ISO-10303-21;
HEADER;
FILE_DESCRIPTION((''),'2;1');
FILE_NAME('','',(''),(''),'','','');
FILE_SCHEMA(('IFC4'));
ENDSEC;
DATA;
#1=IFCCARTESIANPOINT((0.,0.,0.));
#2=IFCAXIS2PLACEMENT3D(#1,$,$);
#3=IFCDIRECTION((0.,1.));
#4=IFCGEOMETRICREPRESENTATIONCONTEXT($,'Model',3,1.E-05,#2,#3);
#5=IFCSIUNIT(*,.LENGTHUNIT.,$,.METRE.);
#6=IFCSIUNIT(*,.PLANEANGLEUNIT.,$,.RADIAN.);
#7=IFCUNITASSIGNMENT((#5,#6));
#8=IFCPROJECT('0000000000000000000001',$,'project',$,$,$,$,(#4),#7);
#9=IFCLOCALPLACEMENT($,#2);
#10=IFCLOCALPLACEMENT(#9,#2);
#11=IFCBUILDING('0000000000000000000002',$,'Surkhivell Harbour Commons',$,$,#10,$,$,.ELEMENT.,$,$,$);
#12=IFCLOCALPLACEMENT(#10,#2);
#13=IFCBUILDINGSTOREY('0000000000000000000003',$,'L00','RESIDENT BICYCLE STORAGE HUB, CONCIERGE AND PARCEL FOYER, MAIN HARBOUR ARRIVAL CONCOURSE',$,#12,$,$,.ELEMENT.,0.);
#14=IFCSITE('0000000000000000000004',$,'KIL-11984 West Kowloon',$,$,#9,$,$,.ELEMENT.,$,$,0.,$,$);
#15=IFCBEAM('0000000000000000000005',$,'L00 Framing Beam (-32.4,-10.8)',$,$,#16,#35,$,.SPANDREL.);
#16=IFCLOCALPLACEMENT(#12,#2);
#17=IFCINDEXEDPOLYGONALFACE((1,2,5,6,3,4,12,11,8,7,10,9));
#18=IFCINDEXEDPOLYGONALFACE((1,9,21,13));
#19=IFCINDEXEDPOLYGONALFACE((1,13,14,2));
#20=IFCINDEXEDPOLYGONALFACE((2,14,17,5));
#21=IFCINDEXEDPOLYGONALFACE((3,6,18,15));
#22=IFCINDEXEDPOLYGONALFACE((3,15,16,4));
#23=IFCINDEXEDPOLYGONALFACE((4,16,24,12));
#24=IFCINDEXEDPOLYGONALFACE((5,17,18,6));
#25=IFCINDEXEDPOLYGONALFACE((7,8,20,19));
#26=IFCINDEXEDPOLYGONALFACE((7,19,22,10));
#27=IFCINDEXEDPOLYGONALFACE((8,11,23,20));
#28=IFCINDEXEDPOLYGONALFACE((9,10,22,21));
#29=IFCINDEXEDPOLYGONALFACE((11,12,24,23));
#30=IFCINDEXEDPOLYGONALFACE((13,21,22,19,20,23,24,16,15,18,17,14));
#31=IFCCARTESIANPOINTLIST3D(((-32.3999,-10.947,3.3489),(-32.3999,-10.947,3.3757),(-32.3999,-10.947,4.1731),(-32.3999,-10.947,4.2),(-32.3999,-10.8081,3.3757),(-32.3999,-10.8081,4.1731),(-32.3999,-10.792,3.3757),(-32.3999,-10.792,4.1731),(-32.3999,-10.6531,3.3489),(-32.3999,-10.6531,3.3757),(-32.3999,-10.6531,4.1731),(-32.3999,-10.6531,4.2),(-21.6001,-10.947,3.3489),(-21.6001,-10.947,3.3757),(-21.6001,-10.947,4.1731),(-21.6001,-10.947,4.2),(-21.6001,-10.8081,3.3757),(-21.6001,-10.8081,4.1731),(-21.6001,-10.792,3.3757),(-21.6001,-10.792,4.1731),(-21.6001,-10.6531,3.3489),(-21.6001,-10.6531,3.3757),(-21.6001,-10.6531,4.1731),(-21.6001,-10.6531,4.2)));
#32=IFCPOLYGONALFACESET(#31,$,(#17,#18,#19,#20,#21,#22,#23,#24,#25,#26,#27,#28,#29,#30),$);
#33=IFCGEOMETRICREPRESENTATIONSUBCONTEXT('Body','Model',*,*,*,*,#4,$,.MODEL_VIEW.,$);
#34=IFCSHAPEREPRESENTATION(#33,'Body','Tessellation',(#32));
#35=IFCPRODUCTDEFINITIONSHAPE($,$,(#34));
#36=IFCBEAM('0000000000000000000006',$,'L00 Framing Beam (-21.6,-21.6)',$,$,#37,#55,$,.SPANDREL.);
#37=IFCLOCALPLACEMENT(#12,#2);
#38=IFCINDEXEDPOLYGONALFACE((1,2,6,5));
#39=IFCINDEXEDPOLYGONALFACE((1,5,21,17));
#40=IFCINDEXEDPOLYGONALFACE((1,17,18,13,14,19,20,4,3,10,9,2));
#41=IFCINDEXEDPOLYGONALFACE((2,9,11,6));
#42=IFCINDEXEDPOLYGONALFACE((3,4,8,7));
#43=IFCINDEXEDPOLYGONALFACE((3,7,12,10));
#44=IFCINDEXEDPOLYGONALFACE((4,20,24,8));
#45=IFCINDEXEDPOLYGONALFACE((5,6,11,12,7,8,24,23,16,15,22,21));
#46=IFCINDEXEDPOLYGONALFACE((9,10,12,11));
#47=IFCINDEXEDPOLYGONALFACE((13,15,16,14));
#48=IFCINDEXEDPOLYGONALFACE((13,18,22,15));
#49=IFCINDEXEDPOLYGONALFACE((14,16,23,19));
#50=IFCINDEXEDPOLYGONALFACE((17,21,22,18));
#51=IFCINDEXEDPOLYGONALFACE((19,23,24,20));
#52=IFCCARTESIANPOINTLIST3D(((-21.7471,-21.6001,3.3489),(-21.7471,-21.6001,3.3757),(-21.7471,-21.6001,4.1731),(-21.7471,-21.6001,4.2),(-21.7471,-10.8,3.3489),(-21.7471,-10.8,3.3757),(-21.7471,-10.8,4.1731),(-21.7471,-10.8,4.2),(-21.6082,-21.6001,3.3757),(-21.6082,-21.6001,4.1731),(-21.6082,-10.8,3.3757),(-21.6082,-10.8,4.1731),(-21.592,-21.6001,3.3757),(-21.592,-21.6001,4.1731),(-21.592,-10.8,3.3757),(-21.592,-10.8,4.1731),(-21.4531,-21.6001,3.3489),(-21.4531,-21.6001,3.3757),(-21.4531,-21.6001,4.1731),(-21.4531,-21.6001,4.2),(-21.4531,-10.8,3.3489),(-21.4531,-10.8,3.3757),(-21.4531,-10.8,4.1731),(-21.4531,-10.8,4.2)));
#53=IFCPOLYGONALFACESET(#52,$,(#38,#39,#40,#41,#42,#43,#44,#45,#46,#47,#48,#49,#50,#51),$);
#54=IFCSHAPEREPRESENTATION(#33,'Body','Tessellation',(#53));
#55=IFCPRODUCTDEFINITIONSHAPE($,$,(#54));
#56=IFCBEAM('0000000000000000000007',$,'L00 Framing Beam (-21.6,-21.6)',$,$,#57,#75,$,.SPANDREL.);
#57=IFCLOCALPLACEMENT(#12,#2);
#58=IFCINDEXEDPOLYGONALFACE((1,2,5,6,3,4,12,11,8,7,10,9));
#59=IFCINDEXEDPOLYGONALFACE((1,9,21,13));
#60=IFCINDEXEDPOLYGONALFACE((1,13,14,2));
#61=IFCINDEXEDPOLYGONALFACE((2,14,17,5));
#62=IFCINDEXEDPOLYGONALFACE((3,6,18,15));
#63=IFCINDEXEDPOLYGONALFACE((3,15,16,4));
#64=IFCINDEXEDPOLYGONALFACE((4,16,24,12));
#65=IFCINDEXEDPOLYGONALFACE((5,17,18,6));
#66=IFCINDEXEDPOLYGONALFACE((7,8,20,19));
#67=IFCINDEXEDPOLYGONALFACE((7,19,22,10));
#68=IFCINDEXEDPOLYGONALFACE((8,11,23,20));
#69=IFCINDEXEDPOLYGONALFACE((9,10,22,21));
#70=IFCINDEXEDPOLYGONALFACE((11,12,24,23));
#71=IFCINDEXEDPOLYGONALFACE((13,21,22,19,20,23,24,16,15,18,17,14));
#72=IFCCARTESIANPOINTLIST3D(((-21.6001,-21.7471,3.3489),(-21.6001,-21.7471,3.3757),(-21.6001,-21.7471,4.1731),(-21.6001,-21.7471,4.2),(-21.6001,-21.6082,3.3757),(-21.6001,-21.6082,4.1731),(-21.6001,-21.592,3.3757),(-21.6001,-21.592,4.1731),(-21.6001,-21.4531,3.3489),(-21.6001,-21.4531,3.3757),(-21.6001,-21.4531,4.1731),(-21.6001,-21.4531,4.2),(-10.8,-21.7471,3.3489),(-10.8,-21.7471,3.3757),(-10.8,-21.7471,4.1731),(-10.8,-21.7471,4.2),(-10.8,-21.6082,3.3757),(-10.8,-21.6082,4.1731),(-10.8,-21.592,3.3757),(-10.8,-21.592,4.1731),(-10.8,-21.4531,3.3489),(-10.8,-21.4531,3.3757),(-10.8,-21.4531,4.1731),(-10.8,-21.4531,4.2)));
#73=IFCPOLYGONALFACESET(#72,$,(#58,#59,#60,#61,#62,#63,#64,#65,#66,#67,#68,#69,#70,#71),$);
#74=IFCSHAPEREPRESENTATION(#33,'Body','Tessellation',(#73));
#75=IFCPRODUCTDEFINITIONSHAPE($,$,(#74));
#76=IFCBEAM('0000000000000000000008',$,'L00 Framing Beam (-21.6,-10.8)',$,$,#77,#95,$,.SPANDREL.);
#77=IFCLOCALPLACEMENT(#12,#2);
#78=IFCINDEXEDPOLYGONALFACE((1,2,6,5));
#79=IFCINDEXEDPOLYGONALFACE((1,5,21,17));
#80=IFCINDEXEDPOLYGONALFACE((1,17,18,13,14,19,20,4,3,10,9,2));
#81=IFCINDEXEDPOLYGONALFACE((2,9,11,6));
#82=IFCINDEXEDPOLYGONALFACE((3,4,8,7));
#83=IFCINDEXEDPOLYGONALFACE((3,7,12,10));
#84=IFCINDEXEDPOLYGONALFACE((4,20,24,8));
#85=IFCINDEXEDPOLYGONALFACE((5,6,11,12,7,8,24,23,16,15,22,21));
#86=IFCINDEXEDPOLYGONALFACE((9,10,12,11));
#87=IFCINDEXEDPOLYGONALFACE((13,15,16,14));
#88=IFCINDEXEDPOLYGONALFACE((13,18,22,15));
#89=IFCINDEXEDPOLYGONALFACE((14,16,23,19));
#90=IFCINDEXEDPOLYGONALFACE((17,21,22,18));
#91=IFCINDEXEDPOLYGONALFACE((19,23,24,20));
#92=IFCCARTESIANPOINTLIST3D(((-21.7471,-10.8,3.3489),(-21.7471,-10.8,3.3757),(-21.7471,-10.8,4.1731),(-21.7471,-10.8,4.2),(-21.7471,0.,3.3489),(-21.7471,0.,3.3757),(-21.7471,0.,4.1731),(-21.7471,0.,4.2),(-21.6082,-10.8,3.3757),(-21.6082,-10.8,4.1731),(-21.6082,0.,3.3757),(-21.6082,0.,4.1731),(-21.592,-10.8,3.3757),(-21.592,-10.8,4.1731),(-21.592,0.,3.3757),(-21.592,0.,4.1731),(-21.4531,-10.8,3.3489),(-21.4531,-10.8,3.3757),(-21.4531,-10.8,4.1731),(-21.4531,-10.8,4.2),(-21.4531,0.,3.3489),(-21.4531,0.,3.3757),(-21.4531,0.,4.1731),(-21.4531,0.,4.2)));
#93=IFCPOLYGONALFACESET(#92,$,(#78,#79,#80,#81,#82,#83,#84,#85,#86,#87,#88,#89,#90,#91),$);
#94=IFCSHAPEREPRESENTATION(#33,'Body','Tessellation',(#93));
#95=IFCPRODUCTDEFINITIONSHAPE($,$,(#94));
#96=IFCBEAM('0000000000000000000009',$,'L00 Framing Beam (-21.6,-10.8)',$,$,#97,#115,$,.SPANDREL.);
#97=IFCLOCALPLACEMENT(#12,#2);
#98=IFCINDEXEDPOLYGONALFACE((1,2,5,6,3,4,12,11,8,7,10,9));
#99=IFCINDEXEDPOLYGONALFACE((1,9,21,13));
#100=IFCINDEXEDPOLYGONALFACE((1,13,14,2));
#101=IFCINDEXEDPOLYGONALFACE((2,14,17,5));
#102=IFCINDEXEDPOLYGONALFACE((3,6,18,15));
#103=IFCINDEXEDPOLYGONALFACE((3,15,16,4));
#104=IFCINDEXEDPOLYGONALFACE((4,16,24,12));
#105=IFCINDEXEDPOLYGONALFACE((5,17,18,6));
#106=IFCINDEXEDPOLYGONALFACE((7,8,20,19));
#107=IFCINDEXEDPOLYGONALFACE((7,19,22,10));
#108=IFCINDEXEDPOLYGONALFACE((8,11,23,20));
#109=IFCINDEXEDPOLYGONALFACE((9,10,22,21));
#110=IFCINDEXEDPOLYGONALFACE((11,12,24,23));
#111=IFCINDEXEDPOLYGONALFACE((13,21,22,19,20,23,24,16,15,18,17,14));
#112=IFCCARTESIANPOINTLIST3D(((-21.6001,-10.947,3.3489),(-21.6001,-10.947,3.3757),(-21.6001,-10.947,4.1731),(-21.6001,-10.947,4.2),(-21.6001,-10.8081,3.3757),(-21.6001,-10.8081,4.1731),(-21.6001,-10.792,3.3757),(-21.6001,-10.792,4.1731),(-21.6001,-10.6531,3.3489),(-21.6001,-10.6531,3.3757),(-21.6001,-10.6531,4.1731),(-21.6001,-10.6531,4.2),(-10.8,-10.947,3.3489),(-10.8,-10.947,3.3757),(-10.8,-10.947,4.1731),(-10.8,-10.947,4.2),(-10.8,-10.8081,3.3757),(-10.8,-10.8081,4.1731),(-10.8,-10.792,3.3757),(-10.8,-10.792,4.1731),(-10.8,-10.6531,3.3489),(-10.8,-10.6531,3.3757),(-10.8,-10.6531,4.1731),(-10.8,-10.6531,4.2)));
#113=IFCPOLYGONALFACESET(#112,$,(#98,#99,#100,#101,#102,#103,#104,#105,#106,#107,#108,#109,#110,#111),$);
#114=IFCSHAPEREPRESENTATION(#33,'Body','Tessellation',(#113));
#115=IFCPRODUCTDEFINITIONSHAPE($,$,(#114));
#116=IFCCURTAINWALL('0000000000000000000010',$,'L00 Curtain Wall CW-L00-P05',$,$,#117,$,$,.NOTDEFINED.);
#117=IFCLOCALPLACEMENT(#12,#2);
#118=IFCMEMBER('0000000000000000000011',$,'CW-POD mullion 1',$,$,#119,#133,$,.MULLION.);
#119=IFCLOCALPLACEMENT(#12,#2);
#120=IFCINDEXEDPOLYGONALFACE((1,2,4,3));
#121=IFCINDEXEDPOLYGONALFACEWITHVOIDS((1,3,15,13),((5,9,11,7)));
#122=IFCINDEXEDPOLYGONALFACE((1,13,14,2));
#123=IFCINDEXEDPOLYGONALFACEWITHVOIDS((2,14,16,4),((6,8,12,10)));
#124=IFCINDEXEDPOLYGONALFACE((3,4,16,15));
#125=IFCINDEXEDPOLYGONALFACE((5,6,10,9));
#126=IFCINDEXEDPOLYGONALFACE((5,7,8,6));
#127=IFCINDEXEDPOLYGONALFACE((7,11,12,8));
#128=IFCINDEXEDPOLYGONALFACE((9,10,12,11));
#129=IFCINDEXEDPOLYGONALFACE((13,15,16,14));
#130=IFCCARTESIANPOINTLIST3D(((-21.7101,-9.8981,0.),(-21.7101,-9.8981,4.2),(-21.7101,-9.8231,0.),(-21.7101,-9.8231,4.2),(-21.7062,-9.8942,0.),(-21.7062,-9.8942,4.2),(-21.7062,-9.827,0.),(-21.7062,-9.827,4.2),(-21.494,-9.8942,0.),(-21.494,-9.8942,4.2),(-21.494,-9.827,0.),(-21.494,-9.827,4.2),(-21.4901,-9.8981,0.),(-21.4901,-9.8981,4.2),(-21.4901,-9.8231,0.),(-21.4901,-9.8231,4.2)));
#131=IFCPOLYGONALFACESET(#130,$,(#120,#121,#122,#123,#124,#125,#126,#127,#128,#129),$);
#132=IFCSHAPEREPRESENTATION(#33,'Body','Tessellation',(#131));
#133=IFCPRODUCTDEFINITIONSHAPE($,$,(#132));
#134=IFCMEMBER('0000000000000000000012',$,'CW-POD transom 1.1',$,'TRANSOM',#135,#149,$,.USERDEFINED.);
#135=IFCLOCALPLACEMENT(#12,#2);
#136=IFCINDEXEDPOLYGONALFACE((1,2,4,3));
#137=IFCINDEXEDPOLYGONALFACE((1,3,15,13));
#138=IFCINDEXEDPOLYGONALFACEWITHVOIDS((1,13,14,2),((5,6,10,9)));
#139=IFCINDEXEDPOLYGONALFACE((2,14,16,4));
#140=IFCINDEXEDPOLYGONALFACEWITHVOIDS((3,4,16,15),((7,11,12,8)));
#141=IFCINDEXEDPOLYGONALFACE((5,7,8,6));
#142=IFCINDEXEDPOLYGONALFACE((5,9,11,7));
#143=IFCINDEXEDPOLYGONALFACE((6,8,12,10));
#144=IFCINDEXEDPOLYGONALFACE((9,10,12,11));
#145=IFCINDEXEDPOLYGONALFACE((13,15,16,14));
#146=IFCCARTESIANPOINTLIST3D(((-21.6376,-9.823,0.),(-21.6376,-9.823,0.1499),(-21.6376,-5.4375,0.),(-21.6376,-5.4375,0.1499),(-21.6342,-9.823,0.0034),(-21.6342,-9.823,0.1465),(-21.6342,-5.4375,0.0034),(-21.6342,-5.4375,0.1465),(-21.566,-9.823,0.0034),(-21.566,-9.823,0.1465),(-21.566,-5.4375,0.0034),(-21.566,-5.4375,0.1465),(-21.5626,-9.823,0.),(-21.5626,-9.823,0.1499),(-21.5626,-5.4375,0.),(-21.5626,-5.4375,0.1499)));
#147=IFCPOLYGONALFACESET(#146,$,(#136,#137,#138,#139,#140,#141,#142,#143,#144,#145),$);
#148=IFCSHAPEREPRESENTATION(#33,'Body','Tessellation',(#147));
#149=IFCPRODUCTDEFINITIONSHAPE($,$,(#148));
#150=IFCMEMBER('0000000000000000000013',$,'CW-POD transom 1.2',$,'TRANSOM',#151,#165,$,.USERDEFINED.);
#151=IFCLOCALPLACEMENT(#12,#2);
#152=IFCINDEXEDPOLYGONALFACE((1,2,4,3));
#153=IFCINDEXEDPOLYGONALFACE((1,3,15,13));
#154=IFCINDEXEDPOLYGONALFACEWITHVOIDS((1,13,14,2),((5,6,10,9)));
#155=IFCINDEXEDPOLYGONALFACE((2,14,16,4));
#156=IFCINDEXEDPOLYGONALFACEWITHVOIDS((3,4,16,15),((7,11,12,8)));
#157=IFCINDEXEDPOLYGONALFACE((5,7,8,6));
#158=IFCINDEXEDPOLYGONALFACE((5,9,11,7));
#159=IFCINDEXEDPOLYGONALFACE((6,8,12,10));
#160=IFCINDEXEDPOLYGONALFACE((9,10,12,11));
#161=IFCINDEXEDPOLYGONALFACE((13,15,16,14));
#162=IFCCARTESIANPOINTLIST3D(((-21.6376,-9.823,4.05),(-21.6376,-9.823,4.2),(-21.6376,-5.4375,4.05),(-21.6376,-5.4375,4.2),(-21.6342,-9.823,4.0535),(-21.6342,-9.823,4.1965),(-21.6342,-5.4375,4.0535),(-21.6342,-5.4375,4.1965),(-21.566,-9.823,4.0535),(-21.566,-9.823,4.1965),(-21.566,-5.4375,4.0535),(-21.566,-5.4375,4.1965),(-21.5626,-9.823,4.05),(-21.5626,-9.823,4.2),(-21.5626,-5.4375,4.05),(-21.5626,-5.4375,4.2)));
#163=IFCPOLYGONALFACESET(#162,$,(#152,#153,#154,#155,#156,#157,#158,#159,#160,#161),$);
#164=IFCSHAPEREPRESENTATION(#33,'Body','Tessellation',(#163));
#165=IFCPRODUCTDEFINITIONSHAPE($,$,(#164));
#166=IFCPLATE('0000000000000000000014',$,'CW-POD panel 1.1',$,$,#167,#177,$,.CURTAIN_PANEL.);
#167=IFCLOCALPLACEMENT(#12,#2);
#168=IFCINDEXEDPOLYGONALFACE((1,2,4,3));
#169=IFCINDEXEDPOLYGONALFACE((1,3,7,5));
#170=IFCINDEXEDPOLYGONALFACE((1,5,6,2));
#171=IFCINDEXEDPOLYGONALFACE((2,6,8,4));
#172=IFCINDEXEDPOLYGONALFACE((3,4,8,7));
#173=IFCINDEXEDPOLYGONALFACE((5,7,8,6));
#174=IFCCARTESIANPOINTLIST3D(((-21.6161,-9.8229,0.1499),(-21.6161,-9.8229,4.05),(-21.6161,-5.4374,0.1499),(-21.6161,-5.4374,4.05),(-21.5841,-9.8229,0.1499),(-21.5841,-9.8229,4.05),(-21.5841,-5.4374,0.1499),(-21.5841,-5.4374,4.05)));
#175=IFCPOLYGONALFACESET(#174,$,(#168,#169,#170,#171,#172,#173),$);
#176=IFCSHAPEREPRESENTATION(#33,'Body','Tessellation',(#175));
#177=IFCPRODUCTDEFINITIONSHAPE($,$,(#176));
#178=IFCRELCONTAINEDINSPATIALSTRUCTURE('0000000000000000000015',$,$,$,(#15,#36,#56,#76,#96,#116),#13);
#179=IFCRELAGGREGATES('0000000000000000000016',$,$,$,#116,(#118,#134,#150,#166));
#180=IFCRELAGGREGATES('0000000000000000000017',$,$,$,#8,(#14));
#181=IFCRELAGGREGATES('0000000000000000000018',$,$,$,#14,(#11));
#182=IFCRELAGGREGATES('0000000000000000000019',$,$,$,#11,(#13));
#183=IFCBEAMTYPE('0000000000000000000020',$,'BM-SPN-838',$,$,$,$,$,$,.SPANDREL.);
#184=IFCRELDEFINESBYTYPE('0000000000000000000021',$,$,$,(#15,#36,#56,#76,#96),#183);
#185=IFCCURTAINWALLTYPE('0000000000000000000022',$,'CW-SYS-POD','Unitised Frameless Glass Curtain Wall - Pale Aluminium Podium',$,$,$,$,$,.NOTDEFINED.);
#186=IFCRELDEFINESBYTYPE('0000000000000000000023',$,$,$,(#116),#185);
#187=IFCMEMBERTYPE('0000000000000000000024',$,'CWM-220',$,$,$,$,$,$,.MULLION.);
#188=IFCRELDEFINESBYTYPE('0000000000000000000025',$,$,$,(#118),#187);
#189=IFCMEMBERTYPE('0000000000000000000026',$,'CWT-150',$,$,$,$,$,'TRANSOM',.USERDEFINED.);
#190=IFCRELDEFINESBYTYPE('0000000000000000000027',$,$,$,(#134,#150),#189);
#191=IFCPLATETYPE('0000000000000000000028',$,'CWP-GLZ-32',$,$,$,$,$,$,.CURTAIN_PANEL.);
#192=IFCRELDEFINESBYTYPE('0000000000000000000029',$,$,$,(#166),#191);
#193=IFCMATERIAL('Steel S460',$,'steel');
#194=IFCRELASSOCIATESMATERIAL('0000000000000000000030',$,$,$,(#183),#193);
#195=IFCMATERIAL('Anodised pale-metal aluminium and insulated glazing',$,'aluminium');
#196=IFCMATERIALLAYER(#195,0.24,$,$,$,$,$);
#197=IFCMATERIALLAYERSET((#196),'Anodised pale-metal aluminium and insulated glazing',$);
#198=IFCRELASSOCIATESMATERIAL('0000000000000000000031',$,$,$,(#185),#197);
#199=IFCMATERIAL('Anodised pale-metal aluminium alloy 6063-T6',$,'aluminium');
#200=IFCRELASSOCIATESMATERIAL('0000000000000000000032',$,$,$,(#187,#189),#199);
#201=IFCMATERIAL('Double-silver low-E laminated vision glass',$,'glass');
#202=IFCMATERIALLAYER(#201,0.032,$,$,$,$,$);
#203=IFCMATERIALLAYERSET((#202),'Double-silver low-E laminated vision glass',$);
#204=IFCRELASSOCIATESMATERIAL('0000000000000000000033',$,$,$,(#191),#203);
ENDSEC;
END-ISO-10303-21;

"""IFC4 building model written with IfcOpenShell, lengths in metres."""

from ifc_helpers import new_model, si_unit, direction, frame, frame_2d, origin, origin_2d, place, context, subcontext, project, spatial, rectangle, hollow_rectangle, i_section, extrude, material, layer, layer_set, material_profile, profile_set, type_object, element, aggregate, save


model = new_model("IFC4")

# Units and contexts
model_context = context("Model", 3, precision=1e-05, world=origin(), true_north=direction((0.0, 1.0)))
body_context = subcontext(model_context, "Body", "Model", "MODEL_VIEW")
ifc_project = project(units=[si_unit("LENGTHUNIT", "METRE"), si_unit("PLANEANGLEUNIT", "RADIAN")], contexts=[model_context])

# Site, building, storey
site_placement = place(None, origin())
site = spatial("IfcSite", under=ifc_project, at=site_placement, Name="KIL-11984 West Kowloon", CompositionType="ELEMENT", RefElevation=0.0)
building_placement = place(site_placement, origin())
building = spatial("IfcBuilding", under=site, at=building_placement, Name="Surkhivell Harbour Commons", CompositionType="ELEMENT")
storey_placement = place(building_placement, origin())
storey = spatial("IfcBuildingStorey", under=building, at=storey_placement, Name="L00", Description="RESIDENT BICYCLE STORAGE HUB, CONCIERGE AND PARCEL FOYER, MAIN HARBOUR ARRIVAL CONCOURSE", CompositionType="ELEMENT", Elevation=0.0)

# Beams
ifc_material_1 = material(Name="Steel S460", Category="steel")
ifc_material_profile_1 = material_profile(ifc_material_1, i_section(OverallWidth=0.2939, OverallDepth=0.8511, WebThickness=0.0161, FlangeThickness=0.0269, at=origin_2d()), Name="UB838x292x226")
ifc_profile_set_1 = profile_set([ifc_material_profile_1], Name="Steel S460")
beam_type = type_object("IfcBeamType", Name="BM-SPN-838", PredefinedType="SPANDREL", material=ifc_profile_set_1)
beam_1_placement = place(storey_placement, frame((-32.3999, -10.8, 3.7744), z_axis=(1.0, 0.0, 0.0), x_axis=(0.0, 1.0, 0.0)))
element("IfcBeam", 1, at=beam_1_placement, inside=storey, type_object=beam_type, Name="L00 Framing Beam (-32.4,-10.8)", PredefinedType="SPANDREL", context=body_context, shape_type="SweptSolid", body=[
    extrude(i_section(OverallWidth=0.2939, OverallDepth=0.8511, WebThickness=0.0161, FlangeThickness=0.0269, at=origin_2d()), origin(), (0.0, 0.0, 1.0), 10.7998),
])
for number, where, z_axis, x_axis, name in (
    (2, (-21.6001, -21.6001, 3.7744), (0.0, 1.0, 0.0), (-1.0, 0.0, 0.0), "L00 Framing Beam (-21.6,-21.6)"),
    (3, (-21.6001, -21.6001, 3.7744), (1.0, 0.0, 0.0), (0.0, 1.0, 0.0), "L00 Framing Beam (-21.6,-21.6)"),
    (4, (-21.6001, -10.8, 3.7744), (0.0, 1.0, 0.0), (-1.0, 0.0, 0.0), "L00 Framing Beam (-21.6,-10.8)"),
    (5, (-21.6001, -10.8, 3.7744), (1.0, 0.0, 0.0), (0.0, 1.0, 0.0), "L00 Framing Beam (-21.6,-10.8)"),
):
    element("IfcBeam", number, at=place(storey_placement, frame(where, z_axis=z_axis, x_axis=x_axis)), inside=storey, type_object=beam_type, Name=name, PredefinedType="SPANDREL", context=body_context, shape_type="SweptSolid", body=[
        extrude(i_section(OverallWidth=0.2939, OverallDepth=0.8511, WebThickness=0.0161, FlangeThickness=0.0269, at=origin_2d()), origin(), (0.0, 0.0, 1.0), 10.8),
    ])

# Curtain wall, members, plate
ifc_material_2 = material(Name="Anodised pale-metal aluminium and insulated glazing", Category="aluminium")
ifc_layer_1 = layer(ifc_material_2, 0.24)
ifc_layer_set_1 = layer_set([ifc_layer_1], Name="Anodised pale-metal aluminium and insulated glazing")
curtain_wall_type = type_object("IfcCurtainWallType", Name="CW-SYS-POD", Description="Unitised Frameless Glass Curtain Wall - Pale Aluminium Podium", PredefinedType="NOTDEFINED", material=ifc_layer_set_1)
curtain_wall_placement = place(storey_placement, origin())
curtain_wall = element("IfcCurtainWall", 6, at=curtain_wall_placement, inside=storey, type_object=curtain_wall_type, Name="L00 Curtain Wall CW-L00-P05", PredefinedType="NOTDEFINED")
ifc_material_3 = material(Name="Anodised pale-metal aluminium alloy 6063-T6", Category="aluminium")
ifc_material_profile_2 = material_profile(ifc_material_3, hollow_rectangle(XDim=0.075, YDim=0.22, WallThickness=0.0039, at=origin_2d()), Name="ALU-MULL-75x220")
ifc_profile_set_2 = profile_set([ifc_material_profile_2], Name="Anodised pale-metal aluminium alloy 6063-T6")
member_type_1 = type_object("IfcMemberType", Name="CWM-220", PredefinedType="MULLION", material=ifc_profile_set_2)
member_1_placement = place(storey_placement, frame((-21.6001, -9.8606, 0.0), z_axis=(0.0, 0.0, 1.0), x_axis=(0.0, 1.0, 0.0)))
member_1 = element("IfcMember", 7, at=member_1_placement, type_object=member_type_1, Name="CW-POD mullion 1", PredefinedType="MULLION", context=body_context, shape_type="SweptSolid", body=[
    extrude(hollow_rectangle(XDim=0.075, YDim=0.22, WallThickness=0.0039, at=origin_2d()), origin(), (0.0, 0.0, 1.0), 4.2),
])
ifc_material_profile_3 = material_profile(ifc_material_3, hollow_rectangle(XDim=0.075, YDim=0.1499, WallThickness=0.0034, at=origin_2d()), Name="ALU-TRAN-75x150")
ifc_profile_set_3 = profile_set([ifc_material_profile_3], Name="Anodised pale-metal aluminium alloy 6063-T6")
member_type_2 = type_object("IfcMemberType", Name="CWT-150", ElementType="TRANSOM", PredefinedType="USERDEFINED", material=ifc_profile_set_3)
member_2_placement = place(storey_placement, frame((-21.6001, -9.823, 0.075), z_axis=(0.0, 1.0, 0.0), x_axis=(-1.0, 0.0, 0.0)))
member_2 = element("IfcMember", 8, at=member_2_placement, type_object=member_type_2, Name="CW-POD transom 1.1", ObjectType="TRANSOM", PredefinedType="USERDEFINED", context=body_context, shape_type="SweptSolid", body=[
    extrude(hollow_rectangle(XDim=0.075, YDim=0.1499, WallThickness=0.0034, at=origin_2d()), origin(), (0.0, 0.0, 1.0), 4.3855),
])
member_3_placement = place(storey_placement, frame((-21.6001, -9.823, 4.125), z_axis=(0.0, 1.0, 0.0), x_axis=(-1.0, 0.0, 0.0)))
member_3 = element("IfcMember", 9, at=member_3_placement, type_object=member_type_2, Name="CW-POD transom 1.2", ObjectType="TRANSOM", PredefinedType="USERDEFINED", context=body_context, shape_type="SweptSolid", body=[
    extrude(hollow_rectangle(XDim=0.075, YDim=0.1499, WallThickness=0.0034, at=origin_2d()), origin(), (0.0, 0.0, 1.0), 4.3855),
])
ifc_material_4 = material(Name="Double-silver low-E laminated vision glass", Category="glass")
ifc_layer_2 = layer(ifc_material_4, 0.032)
ifc_layer_set_2 = layer_set([ifc_layer_2], Name="Double-silver low-E laminated vision glass")
plate_type = type_object("IfcPlateType", Name="CWP-GLZ-32", PredefinedType="CURTAIN_PANEL", material=ifc_layer_set_2)
plate_placement = place(storey_placement, frame((-21.6001, -9.823, 0.1499), z_axis=(0.0, 0.0, 1.0), x_axis=(0.0, 1.0, 0.0)))
plate = element("IfcPlate", 10, at=plate_placement, type_object=plate_type, Name="CW-POD panel 1.1", PredefinedType="CURTAIN_PANEL", context=body_context, shape_type="SweptSolid", body=[
    extrude(rectangle(XDim=4.3855, YDim=0.032, at=frame_2d((2.1929, 0.0))), origin(), (0.0, 0.0, 1.0), 3.9001),
])
aggregate(curtain_wall, [member_1, member_2, member_3, plate])

save(model, "model.ifc")
